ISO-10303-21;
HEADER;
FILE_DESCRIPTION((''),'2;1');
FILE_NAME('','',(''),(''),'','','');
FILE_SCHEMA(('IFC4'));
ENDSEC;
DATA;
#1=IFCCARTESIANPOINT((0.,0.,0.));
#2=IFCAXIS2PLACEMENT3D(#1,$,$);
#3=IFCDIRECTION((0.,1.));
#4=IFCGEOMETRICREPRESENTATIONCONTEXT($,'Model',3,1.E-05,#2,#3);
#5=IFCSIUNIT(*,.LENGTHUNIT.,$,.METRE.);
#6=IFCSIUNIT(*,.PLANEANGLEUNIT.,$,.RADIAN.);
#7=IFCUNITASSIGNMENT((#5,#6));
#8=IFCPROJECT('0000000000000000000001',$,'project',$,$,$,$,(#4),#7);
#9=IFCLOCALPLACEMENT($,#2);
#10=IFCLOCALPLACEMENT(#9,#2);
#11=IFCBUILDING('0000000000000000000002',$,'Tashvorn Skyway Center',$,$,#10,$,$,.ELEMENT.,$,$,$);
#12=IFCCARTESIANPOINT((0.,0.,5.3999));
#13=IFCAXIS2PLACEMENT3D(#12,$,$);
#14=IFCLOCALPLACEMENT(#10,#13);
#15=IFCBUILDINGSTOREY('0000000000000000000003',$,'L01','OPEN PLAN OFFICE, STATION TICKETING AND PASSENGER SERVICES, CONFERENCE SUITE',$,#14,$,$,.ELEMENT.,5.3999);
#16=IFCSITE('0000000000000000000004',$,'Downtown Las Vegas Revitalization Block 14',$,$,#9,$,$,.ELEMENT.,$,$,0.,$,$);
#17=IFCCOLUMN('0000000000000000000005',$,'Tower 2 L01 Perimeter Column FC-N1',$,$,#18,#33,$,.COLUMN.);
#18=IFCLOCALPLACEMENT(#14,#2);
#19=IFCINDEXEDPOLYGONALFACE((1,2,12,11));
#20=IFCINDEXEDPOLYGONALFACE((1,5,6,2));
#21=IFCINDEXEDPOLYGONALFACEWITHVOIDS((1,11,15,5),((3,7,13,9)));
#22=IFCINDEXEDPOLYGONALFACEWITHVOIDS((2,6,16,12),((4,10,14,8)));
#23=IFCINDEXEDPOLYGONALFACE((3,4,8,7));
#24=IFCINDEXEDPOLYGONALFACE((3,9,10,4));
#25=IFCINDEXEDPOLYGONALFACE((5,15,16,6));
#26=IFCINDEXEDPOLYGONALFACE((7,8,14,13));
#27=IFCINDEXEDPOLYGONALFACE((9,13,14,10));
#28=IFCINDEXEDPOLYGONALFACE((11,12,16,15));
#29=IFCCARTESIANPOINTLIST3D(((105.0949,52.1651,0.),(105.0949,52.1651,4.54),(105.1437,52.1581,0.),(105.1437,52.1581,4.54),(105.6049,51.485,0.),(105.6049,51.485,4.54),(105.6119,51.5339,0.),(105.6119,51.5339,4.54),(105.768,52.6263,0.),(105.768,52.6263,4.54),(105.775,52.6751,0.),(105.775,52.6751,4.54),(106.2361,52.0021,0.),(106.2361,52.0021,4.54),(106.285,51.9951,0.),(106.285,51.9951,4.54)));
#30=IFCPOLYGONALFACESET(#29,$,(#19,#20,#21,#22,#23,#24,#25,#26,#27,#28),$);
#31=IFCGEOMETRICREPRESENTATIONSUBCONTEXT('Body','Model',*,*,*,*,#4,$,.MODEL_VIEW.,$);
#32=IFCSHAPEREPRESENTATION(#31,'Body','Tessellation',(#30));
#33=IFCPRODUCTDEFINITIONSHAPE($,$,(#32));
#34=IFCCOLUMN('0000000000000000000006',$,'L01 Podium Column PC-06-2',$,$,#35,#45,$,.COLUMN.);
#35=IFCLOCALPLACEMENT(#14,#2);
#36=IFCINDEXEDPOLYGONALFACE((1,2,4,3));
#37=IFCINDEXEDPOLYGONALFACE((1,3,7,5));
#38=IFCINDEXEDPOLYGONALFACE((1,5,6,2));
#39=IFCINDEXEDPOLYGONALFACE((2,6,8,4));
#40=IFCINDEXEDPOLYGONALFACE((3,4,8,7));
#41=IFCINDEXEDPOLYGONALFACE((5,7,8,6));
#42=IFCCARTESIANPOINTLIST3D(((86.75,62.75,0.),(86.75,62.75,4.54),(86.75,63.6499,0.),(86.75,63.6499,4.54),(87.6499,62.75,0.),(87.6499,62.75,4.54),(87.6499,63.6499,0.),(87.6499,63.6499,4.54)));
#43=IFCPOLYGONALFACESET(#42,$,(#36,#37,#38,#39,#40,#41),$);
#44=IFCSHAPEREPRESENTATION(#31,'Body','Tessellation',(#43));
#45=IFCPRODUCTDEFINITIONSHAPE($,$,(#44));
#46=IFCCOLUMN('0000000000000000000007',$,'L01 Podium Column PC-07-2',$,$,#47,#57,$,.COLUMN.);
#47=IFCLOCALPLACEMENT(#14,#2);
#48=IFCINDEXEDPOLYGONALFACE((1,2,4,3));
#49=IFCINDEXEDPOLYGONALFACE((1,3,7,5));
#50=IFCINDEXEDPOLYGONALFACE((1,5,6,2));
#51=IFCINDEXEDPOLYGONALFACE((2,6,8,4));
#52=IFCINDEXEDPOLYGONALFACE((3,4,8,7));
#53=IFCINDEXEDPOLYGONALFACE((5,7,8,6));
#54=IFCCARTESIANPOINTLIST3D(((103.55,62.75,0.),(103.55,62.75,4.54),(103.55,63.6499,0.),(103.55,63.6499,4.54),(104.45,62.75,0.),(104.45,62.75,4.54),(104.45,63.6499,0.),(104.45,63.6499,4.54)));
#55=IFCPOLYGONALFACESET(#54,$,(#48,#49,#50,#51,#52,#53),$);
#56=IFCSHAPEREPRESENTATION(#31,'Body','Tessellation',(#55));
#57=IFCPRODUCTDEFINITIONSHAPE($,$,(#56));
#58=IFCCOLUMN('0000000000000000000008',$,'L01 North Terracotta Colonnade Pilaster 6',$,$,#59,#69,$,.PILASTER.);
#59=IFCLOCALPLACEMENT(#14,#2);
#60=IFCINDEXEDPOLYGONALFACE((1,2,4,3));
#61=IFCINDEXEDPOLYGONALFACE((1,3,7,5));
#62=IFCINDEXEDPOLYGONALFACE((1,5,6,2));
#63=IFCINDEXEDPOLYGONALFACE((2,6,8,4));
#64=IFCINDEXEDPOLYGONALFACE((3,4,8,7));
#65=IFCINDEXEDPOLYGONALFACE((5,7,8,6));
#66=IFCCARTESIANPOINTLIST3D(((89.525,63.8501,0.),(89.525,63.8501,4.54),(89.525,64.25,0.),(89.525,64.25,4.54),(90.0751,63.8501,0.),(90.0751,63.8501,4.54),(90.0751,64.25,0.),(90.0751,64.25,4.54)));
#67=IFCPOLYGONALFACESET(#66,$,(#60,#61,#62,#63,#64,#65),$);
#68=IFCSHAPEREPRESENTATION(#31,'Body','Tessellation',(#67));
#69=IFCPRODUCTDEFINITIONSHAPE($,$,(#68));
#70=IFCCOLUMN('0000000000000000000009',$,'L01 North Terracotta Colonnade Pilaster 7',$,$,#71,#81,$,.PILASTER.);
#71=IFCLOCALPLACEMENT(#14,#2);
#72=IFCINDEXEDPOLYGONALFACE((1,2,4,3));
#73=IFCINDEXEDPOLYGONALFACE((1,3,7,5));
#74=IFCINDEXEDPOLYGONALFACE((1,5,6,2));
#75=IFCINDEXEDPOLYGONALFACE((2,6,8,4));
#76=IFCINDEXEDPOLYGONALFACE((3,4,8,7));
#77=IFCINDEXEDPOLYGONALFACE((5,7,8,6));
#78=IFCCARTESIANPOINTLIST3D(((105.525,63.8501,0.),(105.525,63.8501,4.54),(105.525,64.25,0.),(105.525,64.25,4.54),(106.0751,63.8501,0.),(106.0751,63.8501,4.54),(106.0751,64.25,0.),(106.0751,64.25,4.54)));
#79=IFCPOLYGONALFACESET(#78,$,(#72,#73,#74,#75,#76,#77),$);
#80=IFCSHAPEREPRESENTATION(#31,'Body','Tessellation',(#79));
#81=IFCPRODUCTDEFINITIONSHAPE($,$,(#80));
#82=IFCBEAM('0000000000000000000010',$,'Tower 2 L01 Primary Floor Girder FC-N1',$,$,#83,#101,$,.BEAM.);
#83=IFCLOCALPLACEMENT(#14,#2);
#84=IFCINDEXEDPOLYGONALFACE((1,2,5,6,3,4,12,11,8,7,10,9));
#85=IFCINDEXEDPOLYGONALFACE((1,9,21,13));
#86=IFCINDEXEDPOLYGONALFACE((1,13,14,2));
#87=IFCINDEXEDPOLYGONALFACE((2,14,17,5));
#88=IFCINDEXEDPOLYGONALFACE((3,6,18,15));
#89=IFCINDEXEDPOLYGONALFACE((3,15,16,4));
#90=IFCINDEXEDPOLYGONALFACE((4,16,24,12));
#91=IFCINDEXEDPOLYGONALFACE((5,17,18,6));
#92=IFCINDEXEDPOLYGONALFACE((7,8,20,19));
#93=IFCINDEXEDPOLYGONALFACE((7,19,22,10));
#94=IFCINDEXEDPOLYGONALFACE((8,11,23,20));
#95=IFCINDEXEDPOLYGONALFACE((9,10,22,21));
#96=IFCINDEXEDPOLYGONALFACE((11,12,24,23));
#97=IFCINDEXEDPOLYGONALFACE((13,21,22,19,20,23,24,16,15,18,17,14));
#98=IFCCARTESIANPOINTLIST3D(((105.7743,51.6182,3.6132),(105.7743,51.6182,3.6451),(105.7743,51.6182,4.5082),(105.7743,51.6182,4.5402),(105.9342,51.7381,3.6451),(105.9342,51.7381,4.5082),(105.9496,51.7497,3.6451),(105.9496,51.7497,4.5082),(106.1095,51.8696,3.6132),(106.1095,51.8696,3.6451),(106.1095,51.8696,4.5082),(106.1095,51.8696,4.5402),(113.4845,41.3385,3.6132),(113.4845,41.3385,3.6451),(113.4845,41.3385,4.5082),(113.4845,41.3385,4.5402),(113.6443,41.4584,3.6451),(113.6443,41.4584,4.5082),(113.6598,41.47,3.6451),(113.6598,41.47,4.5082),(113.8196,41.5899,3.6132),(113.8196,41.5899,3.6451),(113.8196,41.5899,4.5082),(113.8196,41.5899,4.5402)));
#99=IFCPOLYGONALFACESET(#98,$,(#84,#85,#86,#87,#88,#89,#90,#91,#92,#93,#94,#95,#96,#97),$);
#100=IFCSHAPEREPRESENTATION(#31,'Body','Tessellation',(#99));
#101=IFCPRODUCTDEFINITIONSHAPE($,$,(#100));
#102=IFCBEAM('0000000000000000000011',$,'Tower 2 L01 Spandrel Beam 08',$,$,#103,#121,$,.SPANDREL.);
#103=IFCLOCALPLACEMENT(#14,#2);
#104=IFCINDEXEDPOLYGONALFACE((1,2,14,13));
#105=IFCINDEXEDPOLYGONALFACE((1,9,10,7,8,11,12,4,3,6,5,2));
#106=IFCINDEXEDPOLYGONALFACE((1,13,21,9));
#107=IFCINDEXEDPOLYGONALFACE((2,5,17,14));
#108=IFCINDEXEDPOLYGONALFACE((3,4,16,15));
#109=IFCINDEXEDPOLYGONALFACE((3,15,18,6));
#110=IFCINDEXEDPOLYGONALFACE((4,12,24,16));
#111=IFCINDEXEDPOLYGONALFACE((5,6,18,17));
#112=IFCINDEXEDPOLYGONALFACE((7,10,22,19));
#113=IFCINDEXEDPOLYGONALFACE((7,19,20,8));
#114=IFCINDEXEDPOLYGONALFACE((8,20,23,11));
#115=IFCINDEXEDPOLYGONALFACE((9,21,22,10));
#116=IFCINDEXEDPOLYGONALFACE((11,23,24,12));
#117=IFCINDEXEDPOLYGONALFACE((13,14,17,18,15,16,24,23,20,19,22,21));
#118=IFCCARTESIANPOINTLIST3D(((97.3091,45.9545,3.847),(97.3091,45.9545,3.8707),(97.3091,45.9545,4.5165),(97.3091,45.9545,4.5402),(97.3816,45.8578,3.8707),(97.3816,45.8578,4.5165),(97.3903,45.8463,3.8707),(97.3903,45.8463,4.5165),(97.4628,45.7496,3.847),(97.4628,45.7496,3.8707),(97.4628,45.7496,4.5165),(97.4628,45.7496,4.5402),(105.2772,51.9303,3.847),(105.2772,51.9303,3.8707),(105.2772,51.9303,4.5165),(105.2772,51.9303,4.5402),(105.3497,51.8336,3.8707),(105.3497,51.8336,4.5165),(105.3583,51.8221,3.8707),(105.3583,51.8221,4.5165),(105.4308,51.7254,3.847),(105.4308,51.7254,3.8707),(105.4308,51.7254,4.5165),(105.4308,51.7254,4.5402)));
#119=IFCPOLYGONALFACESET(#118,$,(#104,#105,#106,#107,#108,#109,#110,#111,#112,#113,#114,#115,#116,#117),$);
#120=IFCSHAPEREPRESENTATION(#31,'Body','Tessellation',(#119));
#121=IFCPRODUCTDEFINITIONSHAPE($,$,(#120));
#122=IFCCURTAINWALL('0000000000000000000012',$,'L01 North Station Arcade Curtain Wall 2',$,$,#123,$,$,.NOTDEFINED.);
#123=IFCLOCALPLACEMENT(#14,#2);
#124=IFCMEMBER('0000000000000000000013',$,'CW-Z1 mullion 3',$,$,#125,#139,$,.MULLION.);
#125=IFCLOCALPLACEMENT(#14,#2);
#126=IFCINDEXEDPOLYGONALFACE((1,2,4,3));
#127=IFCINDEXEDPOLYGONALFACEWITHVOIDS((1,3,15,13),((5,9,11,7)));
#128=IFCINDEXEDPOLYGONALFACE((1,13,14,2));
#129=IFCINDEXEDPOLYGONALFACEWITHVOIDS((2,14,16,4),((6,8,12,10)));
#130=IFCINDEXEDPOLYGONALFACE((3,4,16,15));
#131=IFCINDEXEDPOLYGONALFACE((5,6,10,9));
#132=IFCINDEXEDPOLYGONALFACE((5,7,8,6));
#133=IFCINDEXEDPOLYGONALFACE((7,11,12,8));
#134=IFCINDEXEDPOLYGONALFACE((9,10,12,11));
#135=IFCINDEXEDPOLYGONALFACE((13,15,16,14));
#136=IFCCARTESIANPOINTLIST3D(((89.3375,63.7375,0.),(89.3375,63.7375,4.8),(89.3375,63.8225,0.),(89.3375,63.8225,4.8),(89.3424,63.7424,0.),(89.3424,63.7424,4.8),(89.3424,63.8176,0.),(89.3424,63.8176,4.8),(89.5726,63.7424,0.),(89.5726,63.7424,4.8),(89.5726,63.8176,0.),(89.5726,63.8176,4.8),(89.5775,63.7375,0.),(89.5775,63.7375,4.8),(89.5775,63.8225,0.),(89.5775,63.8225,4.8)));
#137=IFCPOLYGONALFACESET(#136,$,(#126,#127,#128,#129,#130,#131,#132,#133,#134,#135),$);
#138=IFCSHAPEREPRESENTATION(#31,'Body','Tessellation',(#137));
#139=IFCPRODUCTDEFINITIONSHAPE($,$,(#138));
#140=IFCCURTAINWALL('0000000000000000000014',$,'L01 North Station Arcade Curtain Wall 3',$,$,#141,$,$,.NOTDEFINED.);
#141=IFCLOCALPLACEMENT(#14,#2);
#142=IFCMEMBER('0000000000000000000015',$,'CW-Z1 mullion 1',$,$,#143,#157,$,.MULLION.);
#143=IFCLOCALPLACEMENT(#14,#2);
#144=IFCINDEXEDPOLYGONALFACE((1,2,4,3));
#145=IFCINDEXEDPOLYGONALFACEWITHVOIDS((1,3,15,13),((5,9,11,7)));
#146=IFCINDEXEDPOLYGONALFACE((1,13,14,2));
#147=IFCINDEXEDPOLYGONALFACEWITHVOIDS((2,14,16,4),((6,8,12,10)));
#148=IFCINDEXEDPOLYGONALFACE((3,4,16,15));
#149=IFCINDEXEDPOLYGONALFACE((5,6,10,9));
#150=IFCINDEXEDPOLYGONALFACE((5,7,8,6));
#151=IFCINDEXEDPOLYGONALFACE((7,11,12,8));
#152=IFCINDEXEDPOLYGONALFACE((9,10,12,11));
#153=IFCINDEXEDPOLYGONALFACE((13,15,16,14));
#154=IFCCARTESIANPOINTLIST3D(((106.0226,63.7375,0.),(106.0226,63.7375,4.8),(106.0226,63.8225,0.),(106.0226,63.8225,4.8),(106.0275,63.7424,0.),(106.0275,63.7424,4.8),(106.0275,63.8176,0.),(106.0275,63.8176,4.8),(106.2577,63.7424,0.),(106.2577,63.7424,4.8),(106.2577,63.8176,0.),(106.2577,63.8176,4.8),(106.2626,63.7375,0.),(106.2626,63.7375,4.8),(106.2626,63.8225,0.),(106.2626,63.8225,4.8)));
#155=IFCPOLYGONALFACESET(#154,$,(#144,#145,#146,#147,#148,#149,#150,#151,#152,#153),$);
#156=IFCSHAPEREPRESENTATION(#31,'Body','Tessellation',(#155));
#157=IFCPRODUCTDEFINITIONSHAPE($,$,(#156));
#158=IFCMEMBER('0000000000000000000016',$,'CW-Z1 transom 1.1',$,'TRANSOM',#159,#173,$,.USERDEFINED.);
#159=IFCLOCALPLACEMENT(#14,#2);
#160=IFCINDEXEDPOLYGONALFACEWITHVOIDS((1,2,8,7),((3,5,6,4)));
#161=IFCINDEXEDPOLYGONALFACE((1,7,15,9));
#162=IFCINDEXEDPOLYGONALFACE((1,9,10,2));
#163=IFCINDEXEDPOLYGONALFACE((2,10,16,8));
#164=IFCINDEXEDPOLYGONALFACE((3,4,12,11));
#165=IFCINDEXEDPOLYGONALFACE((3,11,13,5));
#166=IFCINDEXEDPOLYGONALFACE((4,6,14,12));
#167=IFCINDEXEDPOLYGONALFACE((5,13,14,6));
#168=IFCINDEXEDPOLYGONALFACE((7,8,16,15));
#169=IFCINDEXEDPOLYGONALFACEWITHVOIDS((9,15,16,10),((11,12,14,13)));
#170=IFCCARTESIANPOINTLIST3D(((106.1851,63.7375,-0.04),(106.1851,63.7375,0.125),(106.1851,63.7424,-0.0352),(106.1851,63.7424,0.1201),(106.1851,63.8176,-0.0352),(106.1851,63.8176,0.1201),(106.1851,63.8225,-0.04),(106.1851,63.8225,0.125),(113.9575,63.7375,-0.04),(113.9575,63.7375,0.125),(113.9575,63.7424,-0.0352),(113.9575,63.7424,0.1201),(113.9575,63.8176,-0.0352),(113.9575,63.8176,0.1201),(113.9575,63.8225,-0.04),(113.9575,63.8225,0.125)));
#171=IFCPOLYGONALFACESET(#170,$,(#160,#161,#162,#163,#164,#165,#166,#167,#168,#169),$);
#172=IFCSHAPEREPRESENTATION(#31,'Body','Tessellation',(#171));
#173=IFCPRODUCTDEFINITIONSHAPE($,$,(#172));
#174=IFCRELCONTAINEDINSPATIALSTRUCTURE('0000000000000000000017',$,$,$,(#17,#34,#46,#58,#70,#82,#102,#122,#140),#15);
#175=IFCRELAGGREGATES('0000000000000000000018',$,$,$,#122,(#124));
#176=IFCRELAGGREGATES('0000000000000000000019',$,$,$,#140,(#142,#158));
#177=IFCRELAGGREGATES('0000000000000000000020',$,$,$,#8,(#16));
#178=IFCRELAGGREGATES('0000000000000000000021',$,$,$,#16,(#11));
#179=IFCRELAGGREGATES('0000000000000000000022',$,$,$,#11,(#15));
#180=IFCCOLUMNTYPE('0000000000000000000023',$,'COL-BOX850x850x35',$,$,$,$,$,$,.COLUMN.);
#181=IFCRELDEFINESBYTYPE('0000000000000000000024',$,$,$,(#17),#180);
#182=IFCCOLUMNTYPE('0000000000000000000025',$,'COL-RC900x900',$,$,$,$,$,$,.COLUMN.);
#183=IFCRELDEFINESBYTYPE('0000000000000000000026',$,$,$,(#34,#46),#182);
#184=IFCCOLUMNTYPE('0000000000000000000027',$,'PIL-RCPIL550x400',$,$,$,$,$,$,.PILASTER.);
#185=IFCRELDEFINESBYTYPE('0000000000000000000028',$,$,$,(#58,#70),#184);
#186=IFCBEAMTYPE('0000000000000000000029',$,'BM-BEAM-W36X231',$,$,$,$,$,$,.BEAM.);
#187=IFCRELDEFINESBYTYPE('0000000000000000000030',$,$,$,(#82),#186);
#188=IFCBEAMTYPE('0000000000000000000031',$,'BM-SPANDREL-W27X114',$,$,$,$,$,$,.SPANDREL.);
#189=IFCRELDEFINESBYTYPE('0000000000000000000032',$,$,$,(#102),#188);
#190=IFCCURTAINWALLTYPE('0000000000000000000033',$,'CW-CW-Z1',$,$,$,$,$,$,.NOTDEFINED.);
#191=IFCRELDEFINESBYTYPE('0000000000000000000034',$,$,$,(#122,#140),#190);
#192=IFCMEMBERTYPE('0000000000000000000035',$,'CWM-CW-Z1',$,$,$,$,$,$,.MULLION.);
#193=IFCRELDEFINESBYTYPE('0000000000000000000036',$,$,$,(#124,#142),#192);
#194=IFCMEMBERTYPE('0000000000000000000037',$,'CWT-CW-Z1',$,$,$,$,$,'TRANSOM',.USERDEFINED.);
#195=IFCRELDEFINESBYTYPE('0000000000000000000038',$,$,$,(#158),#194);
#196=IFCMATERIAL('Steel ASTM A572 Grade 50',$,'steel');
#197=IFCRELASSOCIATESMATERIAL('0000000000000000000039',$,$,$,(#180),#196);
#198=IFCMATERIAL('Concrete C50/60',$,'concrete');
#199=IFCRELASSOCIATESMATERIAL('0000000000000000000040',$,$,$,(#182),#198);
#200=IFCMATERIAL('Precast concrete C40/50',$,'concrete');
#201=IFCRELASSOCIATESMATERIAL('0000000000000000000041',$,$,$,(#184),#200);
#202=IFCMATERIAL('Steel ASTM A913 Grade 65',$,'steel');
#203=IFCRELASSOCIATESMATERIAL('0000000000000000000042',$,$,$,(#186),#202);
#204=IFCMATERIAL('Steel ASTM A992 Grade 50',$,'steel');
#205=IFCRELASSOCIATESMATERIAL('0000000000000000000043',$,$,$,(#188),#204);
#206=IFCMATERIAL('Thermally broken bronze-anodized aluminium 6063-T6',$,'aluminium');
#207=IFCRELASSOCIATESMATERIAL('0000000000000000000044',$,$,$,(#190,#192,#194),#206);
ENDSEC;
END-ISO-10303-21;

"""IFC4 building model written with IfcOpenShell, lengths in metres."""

from ifc_helpers import new_model, si_unit, direction, frame, origin, origin_2d, place, context, subcontext, project, spatial, rectangle, hollow_rectangle, i_section, extrude, material, material_profile, profile_set, type_object, element, aggregate, save


model = new_model("IFC4")

# Units and contexts
model_context = context("Model", 3, precision=1e-05, world=origin(), true_north=direction((0.0, 1.0)))
body_context = subcontext(model_context, "Body", "Model", "MODEL_VIEW")
ifc_project = project(units=[si_unit("LENGTHUNIT", "METRE"), si_unit("PLANEANGLEUNIT", "RADIAN")], contexts=[model_context])

# Site, building, storey
site_placement = place(None, origin())
site = spatial("IfcSite", under=ifc_project, at=site_placement, Name="Downtown Las Vegas Revitalization Block 14", CompositionType="ELEMENT", RefElevation=0.0)
building_placement = place(site_placement, origin())
building = spatial("IfcBuilding", under=site, at=building_placement, Name="Tashvorn Skyway Center", CompositionType="ELEMENT")
storey_placement = place(building_placement, frame((0.0, 0.0, 5.3999)))
storey = spatial("IfcBuildingStorey", under=building, at=storey_placement, Name="L01", Description="OPEN PLAN OFFICE, STATION TICKETING AND PASSENGER SERVICES, CONFERENCE SUITE", CompositionType="ELEMENT", Elevation=5.3999)

# Columns
ifc_material_1 = material(Name="Steel ASTM A572 Grade 50", Category="steel")
ifc_material_profile_1 = material_profile(ifc_material_1, hollow_rectangle(XDim=0.8501, YDim=0.8501, WallThickness=0.0349, at=origin_2d()), Name="BOX850x850x35")
ifc_profile_set_1 = profile_set([ifc_material_profile_1], Name="Steel ASTM A572 Grade 50")
column_type_1 = type_object("IfcColumnType", Name="COL-BOX850x850x35", PredefinedType="COLUMN", material=ifc_profile_set_1)
column_placement = place(storey_placement, frame((105.6899, 52.0801, 0.0), z_axis=(0.0, 0.0, 1.0), x_axis=(0.8, 0.6, 0.0)))
element("IfcColumn", 1, at=column_placement, inside=storey, type_object=column_type_1, Name="Tower 2 L01 Perimeter Column FC-N1", PredefinedType="COLUMN", context=body_context, shape_type="SweptSolid", body=[
    extrude(hollow_rectangle(XDim=0.8501, YDim=0.8501, WallThickness=0.0349, at=origin_2d()), origin(), (0.0, 0.0, 1.0), 4.54),
])
ifc_material_2 = material(Name="Concrete C50/60", Category="concrete")
ifc_material_profile_2 = material_profile(ifc_material_2, rectangle(XDim=0.8999, YDim=0.8999, at=origin_2d()), Name="RC900x900")
ifc_profile_set_2 = profile_set([ifc_material_profile_2], Name="Concrete C50/60")
column_type_2 = type_object("IfcColumnType", Name="COL-RC900x900", PredefinedType="COLUMN", material=ifc_profile_set_2)
for number, where, z_axis, x_axis, name in (
    (2, (87.2, 63.2, 0.0), (0.0, 0.0, 1.0), (1.0, 0.0, 0.0), "L01 Podium Column PC-06-2"),
    (3, (104.0, 63.2, 0.0), (0.0, 0.0, 1.0), (1.0, 0.0, 0.0), "L01 Podium Column PC-07-2"),
):
    element("IfcColumn", number, at=place(storey_placement, frame(where, z_axis=z_axis, x_axis=x_axis)), inside=storey, type_object=column_type_2, Name=name, PredefinedType="COLUMN", context=body_context, shape_type="SweptSolid", body=[
        extrude(rectangle(XDim=0.8999, YDim=0.8999, at=origin_2d()), origin(), (0.0, 0.0, 1.0), 4.54),
    ])
ifc_material_3 = material(Name="Precast concrete C40/50", Category="concrete")
ifc_material_profile_3 = material_profile(ifc_material_3, rectangle(XDim=0.55, YDim=0.3999, at=origin_2d()), Name="RCPIL550x400")
ifc_profile_set_3 = profile_set([ifc_material_profile_3], Name="Precast concrete C40/50")
column_type_3 = type_object("IfcColumnType", Name="PIL-RCPIL550x400", PredefinedType="PILASTER", material=ifc_profile_set_3)
for number, where, z_axis, x_axis, name in (
    (4, (89.8, 64.05, 0.0), (0.0, 0.0, 1.0), (1.0, 0.0, 0.0), "L01 North Terracotta Colonnade Pilaster 6"),
    (5, (105.8, 64.05, 0.0), (0.0, 0.0, 1.0), (1.0, 0.0, 0.0), "L01 North Terracotta Colonnade Pilaster 7"),
):
    element("IfcColumn", number, at=place(storey_placement, frame(where, z_axis=z_axis, x_axis=x_axis)), inside=storey, type_object=column_type_3, Name=name, PredefinedType="PILASTER", context=body_context, shape_type="SweptSolid", body=[
        extrude(rectangle(XDim=0.55, YDim=0.3999, at=origin_2d()), origin(), (0.0, 0.0, 1.0), 4.54),
    ])

# Beams
ifc_material_4 = material(Name="Steel ASTM A913 Grade 65", Category="steel")
ifc_material_profile_4 = material_profile(ifc_material_4, i_section(OverallWidth=0.4189, OverallDepth=0.927, WebThickness=0.0193, FlangeThickness=0.032, at=origin_2d()), Name="W36X231")
ifc_profile_set_4 = profile_set([ifc_material_profile_4], Name="Steel ASTM A913 Grade 65")
beam_type_1 = type_object("IfcBeamType", Name="BM-BEAM-W36X231", PredefinedType="BEAM", material=ifc_profile_set_4)
beam_1_placement = place(storey_placement, frame((105.9419, 51.7439, 4.0767), z_axis=(0.600018, -0.799986, 0.0), x_axis=(0.799986, 0.600018, 0.0)))
element("IfcBeam", 6, at=beam_1_placement, inside=storey, type_object=beam_type_1, Name="Tower 2 L01 Primary Floor Girder FC-N1", PredefinedType="BEAM", context=body_context, shape_type="SweptSolid", body=[
    extrude(i_section(OverallWidth=0.4189, OverallDepth=0.927, WebThickness=0.0193, FlangeThickness=0.032, at=origin_2d()), origin(), (0.0, 0.0, 1.0), 12.8499),
])
ifc_material_5 = material(Name="Steel ASTM A992 Grade 50", Category="steel")
ifc_material_profile_5 = material_profile(ifc_material_5, i_section(OverallWidth=0.2561, OverallDepth=0.6931, WebThickness=0.0144, FlangeThickness=0.0237, at=origin_2d()), Name="W27X114")
ifc_profile_set_5 = profile_set([ifc_material_profile_5], Name="Steel ASTM A992 Grade 50")
beam_type_2 = type_object("IfcBeamType", Name="BM-SPANDREL-W27X114", PredefinedType="SPANDREL", material=ifc_profile_set_5)
beam_2_placement = place(storey_placement, frame((105.354, 51.8279, 4.1936), z_axis=(-0.800009, -0.599988, 0.0), x_axis=(0.599988, -0.800009, 0.0)))
element("IfcBeam", 7, at=beam_2_placement, inside=storey, type_object=beam_type_2, Name="Tower 2 L01 Spandrel Beam 08", PredefinedType="SPANDREL", context=body_context, shape_type="SweptSolid", body=[
    extrude(i_section(OverallWidth=0.2561, OverallDepth=0.6931, WebThickness=0.0144, FlangeThickness=0.0237, at=origin_2d()), origin(), (0.0, 0.0, 1.0), 9.96),
])

# Curtain wall, member
ifc_material_6 = material(Name="Thermally broken bronze-anodized aluminium 6063-T6", Category="aluminium")
curtain_wall_type = type_object("IfcCurtainWallType", Name="CW-CW-Z1", PredefinedType="NOTDEFINED", material=ifc_material_6)
curtain_wall_1_placement = place(storey_placement, origin())
curtain_wall_1 = element("IfcCurtainWall", 8, at=curtain_wall_1_placement, inside=storey, type_object=curtain_wall_type, Name="L01 North Station Arcade Curtain Wall 2", PredefinedType="NOTDEFINED")
ifc_material_profile_6 = material_profile(ifc_material_6, hollow_rectangle(XDim=0.085, YDim=0.24, WallThickness=0.0049, at=origin_2d()), Name="ALU-MULL-85x240")
ifc_profile_set_6 = profile_set([ifc_material_profile_6], Name="Thermally broken bronze-anodized aluminium 6063-T6")
member_type_1 = type_object("IfcMemberType", Name="CWM-CW-Z1", PredefinedType="MULLION", material=ifc_profile_set_6)
member_1_placement = place(storey_placement, frame((89.4575, 63.78, 0.0), z_axis=(0.0, 0.0, 1.0), x_axis=(0.0, 1.0, 0.0)))
member_1 = element("IfcMember", 9, at=member_1_placement, type_object=member_type_1, Name="CW-Z1 mullion 3", PredefinedType="MULLION", context=body_context, shape_type="SweptSolid", body=[
    extrude(hollow_rectangle(XDim=0.085, YDim=0.24, WallThickness=0.0049, at=origin_2d()), origin(), (0.0, 0.0, 1.0), 4.8),
])
aggregate(curtain_wall_1, [member_1])

# Curtain wall, members
curtain_wall_2_placement = place(storey_placement, origin())
curtain_wall_2 = element("IfcCurtainWall", 10, at=curtain_wall_2_placement, inside=storey, type_object=curtain_wall_type, Name="L01 North Station Arcade Curtain Wall 3", PredefinedType="NOTDEFINED")
member_2_placement = place(storey_placement, frame((106.1426, 63.78, 0.0), z_axis=(0.0, 0.0, 1.0), x_axis=(0.0, 1.0, 0.0)))
member_2 = element("IfcMember", 11, at=member_2_placement, type_object=member_type_1, Name="CW-Z1 mullion 1", PredefinedType="MULLION", context=body_context, shape_type="SweptSolid", body=[
    extrude(hollow_rectangle(XDim=0.085, YDim=0.24, WallThickness=0.0049, at=origin_2d()), origin(), (0.0, 0.0, 1.0), 4.8),
])
ifc_material_profile_7 = material_profile(ifc_material_6, hollow_rectangle(XDim=0.085, YDim=0.165, WallThickness=0.0049, at=origin_2d()), Name="ALU-TRAN-85x165")
ifc_profile_set_7 = profile_set([ifc_material_profile_7], Name="Thermally broken bronze-anodized aluminium 6063-T6")
member_type_2 = type_object("IfcMemberType", Name="CWT-CW-Z1", ElementType="TRANSOM", PredefinedType="USERDEFINED", material=ifc_profile_set_7)
member_3_placement = place(storey_placement, frame((106.1851, 63.78, 0.0425), z_axis=(1.0, 0.0, 0.0), x_axis=(0.0, 1.0, 0.0)))
member_3 = element("IfcMember", 12, at=member_3_placement, type_object=member_type_2, Name="CW-Z1 transom 1.1", ObjectType="TRANSOM", PredefinedType="USERDEFINED", context=body_context, shape_type="SweptSolid", body=[
    extrude(hollow_rectangle(XDim=0.085, YDim=0.165, WallThickness=0.0049, at=origin_2d()), origin(), (0.0, 0.0, 1.0), 7.7725),
])
aggregate(curtain_wall_2, [member_2, member_3])

save(model, "model.ifc")
